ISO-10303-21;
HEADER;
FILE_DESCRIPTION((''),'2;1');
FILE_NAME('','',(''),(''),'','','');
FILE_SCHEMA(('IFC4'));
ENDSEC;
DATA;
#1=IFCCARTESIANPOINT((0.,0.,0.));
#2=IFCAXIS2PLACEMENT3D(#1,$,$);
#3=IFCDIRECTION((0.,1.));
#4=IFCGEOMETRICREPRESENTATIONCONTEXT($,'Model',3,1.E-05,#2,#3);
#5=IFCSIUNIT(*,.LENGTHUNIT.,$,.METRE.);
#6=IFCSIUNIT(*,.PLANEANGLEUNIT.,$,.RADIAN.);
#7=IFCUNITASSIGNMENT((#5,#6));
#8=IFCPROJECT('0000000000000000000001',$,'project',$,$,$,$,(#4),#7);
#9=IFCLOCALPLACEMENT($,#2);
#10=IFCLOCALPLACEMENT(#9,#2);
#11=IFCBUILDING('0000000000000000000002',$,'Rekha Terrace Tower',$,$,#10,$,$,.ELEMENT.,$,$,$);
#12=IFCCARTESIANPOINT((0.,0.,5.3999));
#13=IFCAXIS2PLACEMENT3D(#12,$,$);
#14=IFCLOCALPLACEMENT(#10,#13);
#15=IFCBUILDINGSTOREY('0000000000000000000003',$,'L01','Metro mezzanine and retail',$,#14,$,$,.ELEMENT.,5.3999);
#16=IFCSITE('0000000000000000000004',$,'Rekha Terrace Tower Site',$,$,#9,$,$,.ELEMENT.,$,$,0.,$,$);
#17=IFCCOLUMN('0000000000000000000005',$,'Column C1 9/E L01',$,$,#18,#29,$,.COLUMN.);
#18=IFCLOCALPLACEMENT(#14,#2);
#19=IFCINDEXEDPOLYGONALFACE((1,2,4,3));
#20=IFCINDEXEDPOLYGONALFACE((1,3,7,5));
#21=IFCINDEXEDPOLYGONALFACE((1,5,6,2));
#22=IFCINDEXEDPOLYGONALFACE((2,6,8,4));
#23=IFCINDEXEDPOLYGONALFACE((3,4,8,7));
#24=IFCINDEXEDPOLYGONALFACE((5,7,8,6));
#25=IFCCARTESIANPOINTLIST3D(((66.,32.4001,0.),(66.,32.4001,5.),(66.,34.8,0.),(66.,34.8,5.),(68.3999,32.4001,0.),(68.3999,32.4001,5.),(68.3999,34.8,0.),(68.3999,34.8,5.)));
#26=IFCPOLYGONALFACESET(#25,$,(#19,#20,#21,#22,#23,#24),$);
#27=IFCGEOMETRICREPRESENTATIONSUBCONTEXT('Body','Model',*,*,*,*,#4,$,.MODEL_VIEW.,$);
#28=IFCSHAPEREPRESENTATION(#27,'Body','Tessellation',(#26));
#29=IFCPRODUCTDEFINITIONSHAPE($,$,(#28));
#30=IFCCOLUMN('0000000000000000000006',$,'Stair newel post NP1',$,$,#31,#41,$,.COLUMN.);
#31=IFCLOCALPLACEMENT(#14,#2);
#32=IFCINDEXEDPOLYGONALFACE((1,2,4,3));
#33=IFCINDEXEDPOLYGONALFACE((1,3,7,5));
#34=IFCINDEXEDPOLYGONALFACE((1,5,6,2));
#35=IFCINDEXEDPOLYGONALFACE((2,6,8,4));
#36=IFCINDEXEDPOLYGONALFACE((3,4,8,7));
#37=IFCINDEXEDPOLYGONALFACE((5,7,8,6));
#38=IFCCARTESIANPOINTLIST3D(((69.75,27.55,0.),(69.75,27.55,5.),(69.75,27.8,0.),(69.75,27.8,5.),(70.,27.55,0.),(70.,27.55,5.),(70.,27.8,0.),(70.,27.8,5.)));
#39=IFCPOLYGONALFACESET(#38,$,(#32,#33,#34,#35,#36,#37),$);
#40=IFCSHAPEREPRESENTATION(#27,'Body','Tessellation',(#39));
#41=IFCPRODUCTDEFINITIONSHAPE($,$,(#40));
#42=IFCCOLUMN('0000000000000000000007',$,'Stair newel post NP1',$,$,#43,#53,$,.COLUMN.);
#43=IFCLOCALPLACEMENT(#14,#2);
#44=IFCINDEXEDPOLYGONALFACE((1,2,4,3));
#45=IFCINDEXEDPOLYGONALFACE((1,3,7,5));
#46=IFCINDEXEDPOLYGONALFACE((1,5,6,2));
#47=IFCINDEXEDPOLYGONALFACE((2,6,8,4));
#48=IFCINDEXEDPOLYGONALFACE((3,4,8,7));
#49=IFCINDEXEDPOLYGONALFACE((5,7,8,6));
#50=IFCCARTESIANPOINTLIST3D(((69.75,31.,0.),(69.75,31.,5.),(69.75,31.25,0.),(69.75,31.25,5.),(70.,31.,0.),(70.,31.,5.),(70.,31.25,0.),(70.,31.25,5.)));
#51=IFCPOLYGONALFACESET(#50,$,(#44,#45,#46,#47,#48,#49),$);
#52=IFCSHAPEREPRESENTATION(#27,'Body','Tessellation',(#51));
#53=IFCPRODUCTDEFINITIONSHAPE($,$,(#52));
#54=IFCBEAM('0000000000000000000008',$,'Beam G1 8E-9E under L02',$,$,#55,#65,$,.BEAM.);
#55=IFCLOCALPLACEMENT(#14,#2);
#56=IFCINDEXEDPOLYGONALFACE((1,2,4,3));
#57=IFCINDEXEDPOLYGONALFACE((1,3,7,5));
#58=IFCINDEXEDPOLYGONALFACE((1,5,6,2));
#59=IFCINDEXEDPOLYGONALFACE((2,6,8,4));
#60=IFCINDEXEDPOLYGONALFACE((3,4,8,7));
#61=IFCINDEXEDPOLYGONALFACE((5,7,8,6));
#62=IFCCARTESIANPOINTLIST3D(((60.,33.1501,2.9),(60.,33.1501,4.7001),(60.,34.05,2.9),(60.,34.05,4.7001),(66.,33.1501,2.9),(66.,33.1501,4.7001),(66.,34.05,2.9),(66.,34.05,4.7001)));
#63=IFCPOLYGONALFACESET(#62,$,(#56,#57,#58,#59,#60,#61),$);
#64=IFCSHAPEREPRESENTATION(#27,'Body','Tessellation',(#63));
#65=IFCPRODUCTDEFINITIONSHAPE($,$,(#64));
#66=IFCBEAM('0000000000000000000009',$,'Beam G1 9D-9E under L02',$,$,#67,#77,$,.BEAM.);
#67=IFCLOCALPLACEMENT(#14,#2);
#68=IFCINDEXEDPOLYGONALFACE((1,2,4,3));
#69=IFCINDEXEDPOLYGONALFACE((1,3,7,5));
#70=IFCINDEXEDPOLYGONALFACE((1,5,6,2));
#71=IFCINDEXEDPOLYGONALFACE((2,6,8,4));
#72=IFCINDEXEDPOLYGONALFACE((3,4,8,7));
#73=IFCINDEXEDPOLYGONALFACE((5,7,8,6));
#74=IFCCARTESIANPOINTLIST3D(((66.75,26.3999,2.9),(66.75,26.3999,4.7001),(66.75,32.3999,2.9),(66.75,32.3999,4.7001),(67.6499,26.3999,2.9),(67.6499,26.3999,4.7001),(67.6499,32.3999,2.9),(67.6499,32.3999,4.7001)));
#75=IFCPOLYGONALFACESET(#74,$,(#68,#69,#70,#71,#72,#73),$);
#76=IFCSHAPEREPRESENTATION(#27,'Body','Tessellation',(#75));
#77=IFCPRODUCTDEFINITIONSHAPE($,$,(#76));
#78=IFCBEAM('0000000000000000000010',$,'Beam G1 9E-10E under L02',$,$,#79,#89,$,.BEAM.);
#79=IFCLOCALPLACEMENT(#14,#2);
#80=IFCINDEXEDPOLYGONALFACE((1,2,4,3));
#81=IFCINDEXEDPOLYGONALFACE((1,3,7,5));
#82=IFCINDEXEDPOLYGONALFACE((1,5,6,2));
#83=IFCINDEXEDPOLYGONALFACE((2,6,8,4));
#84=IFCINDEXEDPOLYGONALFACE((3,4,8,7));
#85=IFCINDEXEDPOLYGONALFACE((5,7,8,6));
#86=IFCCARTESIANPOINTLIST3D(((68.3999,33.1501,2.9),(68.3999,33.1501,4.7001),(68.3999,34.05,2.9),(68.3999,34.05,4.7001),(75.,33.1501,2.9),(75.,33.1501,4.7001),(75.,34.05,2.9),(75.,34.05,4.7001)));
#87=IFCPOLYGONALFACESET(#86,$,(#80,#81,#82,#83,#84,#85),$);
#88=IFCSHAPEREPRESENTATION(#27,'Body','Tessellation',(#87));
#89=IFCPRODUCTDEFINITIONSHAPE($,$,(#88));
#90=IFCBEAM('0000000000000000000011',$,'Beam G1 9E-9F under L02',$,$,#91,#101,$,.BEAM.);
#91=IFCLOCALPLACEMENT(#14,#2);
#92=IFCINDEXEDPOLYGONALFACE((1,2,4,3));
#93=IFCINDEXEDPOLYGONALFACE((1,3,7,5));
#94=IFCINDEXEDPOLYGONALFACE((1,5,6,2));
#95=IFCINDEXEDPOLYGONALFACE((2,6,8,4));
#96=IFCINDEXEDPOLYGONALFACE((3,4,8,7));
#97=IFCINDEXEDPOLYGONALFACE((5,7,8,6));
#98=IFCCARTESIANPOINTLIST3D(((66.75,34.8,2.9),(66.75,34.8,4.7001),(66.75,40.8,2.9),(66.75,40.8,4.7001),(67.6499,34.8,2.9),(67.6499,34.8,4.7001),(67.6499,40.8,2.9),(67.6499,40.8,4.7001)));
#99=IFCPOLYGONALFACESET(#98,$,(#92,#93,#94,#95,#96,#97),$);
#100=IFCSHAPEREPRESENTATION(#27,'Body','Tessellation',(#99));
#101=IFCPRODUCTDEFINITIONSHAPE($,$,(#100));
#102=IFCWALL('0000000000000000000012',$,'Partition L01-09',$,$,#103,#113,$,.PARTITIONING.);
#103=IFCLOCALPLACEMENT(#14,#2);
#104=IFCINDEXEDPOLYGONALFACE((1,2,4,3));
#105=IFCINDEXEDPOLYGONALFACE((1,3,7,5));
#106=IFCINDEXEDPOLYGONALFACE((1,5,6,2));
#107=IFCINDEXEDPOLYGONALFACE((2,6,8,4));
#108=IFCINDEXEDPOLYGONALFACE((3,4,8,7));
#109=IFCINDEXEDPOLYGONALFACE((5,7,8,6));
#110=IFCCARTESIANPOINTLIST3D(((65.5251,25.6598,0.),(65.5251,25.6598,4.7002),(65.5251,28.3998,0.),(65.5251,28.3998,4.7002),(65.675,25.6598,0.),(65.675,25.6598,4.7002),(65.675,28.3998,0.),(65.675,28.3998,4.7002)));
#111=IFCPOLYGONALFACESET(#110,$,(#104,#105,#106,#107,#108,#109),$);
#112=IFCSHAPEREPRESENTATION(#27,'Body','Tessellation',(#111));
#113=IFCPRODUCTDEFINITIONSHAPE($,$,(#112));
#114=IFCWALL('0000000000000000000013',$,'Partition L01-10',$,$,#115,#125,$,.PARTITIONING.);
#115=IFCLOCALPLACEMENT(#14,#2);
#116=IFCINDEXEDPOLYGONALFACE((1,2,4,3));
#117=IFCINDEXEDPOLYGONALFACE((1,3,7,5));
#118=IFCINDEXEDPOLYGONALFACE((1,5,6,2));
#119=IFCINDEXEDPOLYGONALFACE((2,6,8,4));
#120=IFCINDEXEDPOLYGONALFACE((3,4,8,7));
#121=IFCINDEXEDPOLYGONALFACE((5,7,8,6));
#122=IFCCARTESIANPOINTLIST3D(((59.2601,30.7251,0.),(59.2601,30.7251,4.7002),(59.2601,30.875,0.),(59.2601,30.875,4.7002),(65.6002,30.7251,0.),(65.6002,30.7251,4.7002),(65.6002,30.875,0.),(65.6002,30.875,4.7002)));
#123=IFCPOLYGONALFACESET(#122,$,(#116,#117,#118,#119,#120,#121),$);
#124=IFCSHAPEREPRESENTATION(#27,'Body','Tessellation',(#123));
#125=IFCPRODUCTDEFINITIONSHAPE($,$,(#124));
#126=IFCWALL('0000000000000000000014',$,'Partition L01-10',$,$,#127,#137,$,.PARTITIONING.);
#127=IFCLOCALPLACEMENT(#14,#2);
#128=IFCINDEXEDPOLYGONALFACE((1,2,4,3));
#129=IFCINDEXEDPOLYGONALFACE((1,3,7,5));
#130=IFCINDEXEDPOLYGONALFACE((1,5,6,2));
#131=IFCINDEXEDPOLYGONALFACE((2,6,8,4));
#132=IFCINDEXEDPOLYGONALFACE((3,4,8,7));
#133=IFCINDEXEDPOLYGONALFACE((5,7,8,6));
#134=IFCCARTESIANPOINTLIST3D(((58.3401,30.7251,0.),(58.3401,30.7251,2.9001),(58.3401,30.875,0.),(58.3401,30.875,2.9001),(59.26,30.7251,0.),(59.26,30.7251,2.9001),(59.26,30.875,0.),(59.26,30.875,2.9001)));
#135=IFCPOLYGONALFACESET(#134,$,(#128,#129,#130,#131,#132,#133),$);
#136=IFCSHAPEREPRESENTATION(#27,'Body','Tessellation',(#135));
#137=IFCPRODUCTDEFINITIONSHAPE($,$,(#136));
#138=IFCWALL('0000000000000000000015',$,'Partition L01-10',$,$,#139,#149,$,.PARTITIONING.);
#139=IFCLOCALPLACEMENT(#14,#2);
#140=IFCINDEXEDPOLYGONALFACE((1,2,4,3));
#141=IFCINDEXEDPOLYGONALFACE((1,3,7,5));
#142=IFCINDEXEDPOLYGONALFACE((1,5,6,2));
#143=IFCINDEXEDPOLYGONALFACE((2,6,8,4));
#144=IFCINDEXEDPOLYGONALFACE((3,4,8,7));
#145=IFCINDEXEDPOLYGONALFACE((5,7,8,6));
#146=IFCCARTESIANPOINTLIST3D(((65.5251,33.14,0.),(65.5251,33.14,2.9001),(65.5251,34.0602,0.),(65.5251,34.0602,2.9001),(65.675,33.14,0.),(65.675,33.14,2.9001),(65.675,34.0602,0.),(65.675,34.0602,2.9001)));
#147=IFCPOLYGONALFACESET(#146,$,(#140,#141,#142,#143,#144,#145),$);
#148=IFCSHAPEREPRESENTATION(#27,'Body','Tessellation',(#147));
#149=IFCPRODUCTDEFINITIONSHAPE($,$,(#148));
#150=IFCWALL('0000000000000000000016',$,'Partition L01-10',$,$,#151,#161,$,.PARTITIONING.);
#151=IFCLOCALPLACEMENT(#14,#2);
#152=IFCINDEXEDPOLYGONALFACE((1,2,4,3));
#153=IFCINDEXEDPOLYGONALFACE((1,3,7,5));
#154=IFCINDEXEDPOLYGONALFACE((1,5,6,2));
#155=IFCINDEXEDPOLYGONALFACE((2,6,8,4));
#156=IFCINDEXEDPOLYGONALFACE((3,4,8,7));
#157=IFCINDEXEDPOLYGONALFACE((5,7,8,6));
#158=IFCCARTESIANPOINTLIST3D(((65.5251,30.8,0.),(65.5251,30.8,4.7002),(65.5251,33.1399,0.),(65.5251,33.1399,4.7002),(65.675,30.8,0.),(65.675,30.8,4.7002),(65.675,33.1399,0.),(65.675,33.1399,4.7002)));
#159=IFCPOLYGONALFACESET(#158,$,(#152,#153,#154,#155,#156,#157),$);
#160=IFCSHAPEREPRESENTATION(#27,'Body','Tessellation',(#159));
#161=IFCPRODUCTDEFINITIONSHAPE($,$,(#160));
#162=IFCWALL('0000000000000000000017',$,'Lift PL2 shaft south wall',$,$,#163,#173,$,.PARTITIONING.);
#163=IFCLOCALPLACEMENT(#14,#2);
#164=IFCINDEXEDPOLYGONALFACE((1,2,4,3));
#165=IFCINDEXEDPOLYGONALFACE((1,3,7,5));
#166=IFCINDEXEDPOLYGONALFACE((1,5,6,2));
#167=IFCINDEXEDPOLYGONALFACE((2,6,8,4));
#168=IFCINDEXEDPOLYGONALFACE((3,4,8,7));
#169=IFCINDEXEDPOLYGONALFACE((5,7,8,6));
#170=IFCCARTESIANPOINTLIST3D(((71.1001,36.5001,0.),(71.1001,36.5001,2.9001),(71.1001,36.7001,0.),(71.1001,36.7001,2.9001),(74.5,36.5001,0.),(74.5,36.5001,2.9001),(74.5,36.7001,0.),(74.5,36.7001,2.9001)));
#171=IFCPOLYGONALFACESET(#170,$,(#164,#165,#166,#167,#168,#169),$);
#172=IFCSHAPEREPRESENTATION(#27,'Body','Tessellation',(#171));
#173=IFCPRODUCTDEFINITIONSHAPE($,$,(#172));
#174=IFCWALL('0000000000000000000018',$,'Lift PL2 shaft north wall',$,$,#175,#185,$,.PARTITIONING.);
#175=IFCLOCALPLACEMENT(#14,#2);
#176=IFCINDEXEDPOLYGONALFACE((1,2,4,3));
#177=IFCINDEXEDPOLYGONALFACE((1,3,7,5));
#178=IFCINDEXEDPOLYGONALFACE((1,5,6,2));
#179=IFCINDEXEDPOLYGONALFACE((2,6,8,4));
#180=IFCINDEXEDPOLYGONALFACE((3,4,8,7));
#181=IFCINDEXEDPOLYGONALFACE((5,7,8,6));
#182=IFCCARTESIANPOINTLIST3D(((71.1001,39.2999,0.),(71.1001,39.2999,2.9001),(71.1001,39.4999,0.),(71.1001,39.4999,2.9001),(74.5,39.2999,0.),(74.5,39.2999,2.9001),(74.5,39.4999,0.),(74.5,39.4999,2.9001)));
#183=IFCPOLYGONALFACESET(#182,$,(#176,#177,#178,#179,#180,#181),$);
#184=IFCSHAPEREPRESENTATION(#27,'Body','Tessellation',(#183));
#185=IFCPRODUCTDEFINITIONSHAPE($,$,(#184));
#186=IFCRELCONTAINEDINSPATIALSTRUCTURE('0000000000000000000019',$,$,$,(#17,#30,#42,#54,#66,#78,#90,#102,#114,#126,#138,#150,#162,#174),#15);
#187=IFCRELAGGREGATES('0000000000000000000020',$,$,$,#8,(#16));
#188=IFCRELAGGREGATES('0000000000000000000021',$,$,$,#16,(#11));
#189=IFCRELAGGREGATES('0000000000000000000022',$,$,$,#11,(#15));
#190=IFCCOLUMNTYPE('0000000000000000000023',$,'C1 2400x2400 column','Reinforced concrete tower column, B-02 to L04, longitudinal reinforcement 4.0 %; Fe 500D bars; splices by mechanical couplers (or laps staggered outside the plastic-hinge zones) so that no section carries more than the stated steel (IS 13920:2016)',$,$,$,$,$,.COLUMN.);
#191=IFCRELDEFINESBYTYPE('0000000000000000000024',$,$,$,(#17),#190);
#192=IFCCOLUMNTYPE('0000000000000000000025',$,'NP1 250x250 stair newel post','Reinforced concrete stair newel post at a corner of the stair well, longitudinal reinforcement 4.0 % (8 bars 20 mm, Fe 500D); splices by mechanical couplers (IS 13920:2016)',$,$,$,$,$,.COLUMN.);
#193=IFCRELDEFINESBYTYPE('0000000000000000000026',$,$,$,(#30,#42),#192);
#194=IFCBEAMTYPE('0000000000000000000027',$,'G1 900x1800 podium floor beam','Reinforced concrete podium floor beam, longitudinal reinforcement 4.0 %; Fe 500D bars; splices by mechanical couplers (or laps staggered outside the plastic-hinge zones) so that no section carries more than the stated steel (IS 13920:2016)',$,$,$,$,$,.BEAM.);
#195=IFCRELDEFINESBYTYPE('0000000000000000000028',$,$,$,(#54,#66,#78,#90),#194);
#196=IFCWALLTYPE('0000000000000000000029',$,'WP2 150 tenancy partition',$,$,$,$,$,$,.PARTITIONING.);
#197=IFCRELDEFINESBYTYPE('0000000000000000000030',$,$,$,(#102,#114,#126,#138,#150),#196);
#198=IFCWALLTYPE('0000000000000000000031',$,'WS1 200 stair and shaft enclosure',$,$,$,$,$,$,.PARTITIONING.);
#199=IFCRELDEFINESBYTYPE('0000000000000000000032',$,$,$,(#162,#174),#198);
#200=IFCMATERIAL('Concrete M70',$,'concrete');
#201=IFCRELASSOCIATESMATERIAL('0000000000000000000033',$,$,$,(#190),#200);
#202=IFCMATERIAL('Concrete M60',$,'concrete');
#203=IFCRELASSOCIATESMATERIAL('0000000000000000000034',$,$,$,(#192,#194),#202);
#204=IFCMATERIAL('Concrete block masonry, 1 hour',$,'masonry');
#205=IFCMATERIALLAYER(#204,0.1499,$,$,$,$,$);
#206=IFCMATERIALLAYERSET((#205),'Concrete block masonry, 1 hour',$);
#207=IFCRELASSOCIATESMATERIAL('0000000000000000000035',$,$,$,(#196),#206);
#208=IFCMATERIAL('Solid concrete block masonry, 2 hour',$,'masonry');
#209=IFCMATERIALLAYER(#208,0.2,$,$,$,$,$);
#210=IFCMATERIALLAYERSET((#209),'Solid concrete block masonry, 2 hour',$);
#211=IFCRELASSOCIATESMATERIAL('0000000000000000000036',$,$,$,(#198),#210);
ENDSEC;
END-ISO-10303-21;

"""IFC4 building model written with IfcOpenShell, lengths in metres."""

from ifc_helpers import new_model, si_unit, direction, frame, frame_2d, origin, origin_2d, place, context, subcontext, project, spatial, rectangle, extrude, material, layer, layer_set, material_profile, profile_set, type_object, element, save


model = new_model("IFC4")

# Units and contexts
model_context = context("Model", 3, precision=1e-05, world=origin(), true_north=direction((0.0, 1.0)))
body_context = subcontext(model_context, "Body", "Model", "MODEL_VIEW")
ifc_project = project(units=[si_unit("LENGTHUNIT", "METRE"), si_unit("PLANEANGLEUNIT", "RADIAN")], contexts=[model_context])

# Site, building, storey
site_placement = place(None, origin())
site = spatial("IfcSite", under=ifc_project, at=site_placement, Name="Rekha Terrace Tower Site", CompositionType="ELEMENT", RefElevation=0.0)
building_placement = place(site_placement, origin())
building = spatial("IfcBuilding", under=site, at=building_placement, Name="Rekha Terrace Tower", CompositionType="ELEMENT")
storey_placement = place(building_placement, frame((0.0, 0.0, 5.3999)))
storey = spatial("IfcBuildingStorey", under=building, at=storey_placement, Name="L01", Description="Metro mezzanine and retail", CompositionType="ELEMENT", Elevation=5.3999)

# Columns
ifc_material_1 = material(Name="Concrete M70", Category="concrete")
ifc_material_profile_1 = material_profile(ifc_material_1, rectangle(XDim=2.3999, YDim=2.3999, at=origin_2d()), Name="RC 2400x2400")
ifc_profile_set_1 = profile_set([ifc_material_profile_1], Name="Concrete M70")
column_type_1 = type_object("IfcColumnType", Name="C1 2400x2400 column", Description="Reinforced concrete tower column, B-02 to L04, longitudinal reinforcement 4.0 %; Fe 500D bars; splices by mechanical couplers (or laps staggered outside the plastic-hinge zones) so that no section carries more than the stated steel (IS 13920:2016)", PredefinedType="COLUMN", material=ifc_profile_set_1)
column_placement = place(storey_placement, frame((67.2, 33.6001, 0.0), z_axis=(0.0, 0.0, 1.0), x_axis=(1.0, 0.0, 0.0)))
element("IfcColumn", 1, at=column_placement, inside=storey, type_object=column_type_1, Name="Column C1 9/E L01", PredefinedType="COLUMN", context=body_context, shape_type="SweptSolid", body=[
    extrude(rectangle(XDim=2.3999, YDim=2.3999, at=origin_2d()), origin(), (0.0, 0.0, 1.0), 5.0),
])
ifc_material_2 = material(Name="Concrete M60", Category="concrete")
ifc_material_profile_2 = material_profile(ifc_material_2, rectangle(XDim=0.25, YDim=0.25, at=origin_2d()), Name="RC 250x250")
ifc_profile_set_2 = profile_set([ifc_material_profile_2], Name="Concrete M60")
column_type_2 = type_object("IfcColumnType", Name="NP1 250x250 stair newel post", Description="Reinforced concrete stair newel post at a corner of the stair well, longitudinal reinforcement 4.0 % (8 bars 20 mm, Fe 500D); splices by mechanical couplers (IS 13920:2016)", PredefinedType="COLUMN", material=ifc_profile_set_2)
for number, where, z_axis, x_axis, name in (
    (2, (69.875, 27.675, 0.0), (0.0, 0.0, 1.0), (1.0, 0.0, 0.0), "Stair newel post NP1"),
    (3, (69.875, 31.125, 0.0), (0.0, 0.0, 1.0), (1.0, 0.0, 0.0), "Stair newel post NP1"),
):
    element("IfcColumn", number, at=place(storey_placement, frame(where, z_axis=z_axis, x_axis=x_axis)), inside=storey, type_object=column_type_2, Name=name, PredefinedType="COLUMN", context=body_context, shape_type="SweptSolid", body=[
        extrude(rectangle(XDim=0.25, YDim=0.25, at=origin_2d()), origin(), (0.0, 0.0, 1.0), 5.0),
    ])

# Beams
ifc_material_profile_3 = material_profile(ifc_material_2, rectangle(XDim=0.8999, YDim=1.8, at=origin_2d()), Name="RC 900x1800")
ifc_profile_set_3 = profile_set([ifc_material_profile_3], Name="Concrete M60")
beam_type = type_object("IfcBeamType", Name="G1 900x1800 podium floor beam", Description="Reinforced concrete podium floor beam, longitudinal reinforcement 4.0 %; Fe 500D bars; splices by mechanical couplers (or laps staggered outside the plastic-hinge zones) so that no section carries more than the stated steel (IS 13920:2016)", PredefinedType="BEAM", material=ifc_profile_set_3)
for number, where, z_axis, x_axis, name in (
    (4, (60.0, 33.6001, 3.8), (1.0, 0.0, 0.0), (0.0, 1.0, 0.0), "Beam G1 8E-9E under L02"),
    (5, (67.2, 26.3999, 3.8), (0.0, 1.0, 0.0), (-1.0, 0.0, 0.0), "Beam G1 9D-9E under L02"),
):
    element("IfcBeam", number, at=place(storey_placement, frame(where, z_axis=z_axis, x_axis=x_axis)), inside=storey, type_object=beam_type, Name=name, PredefinedType="BEAM", context=body_context, shape_type="SweptSolid", body=[
        extrude(rectangle(XDim=0.8999, YDim=1.8, at=origin_2d()), origin(), (0.0, 0.0, 1.0), 6.0),
    ])
beam_1_placement = place(storey_placement, frame((68.3999, 33.6001, 3.8), z_axis=(1.0, 0.0, 0.0), x_axis=(0.0, 1.0, 0.0)))
element("IfcBeam", 6, at=beam_1_placement, inside=storey, type_object=beam_type, Name="Beam G1 9E-10E under L02", PredefinedType="BEAM", context=body_context, shape_type="SweptSolid", body=[
    extrude(rectangle(XDim=0.8999, YDim=1.8, at=origin_2d()), origin(), (0.0, 0.0, 1.0), 6.6001),
])
beam_2_placement = place(storey_placement, frame((67.2, 34.8, 3.8), z_axis=(0.0, 1.0, 0.0), x_axis=(-1.0, 0.0, 0.0)))
element("IfcBeam", 7, at=beam_2_placement, inside=storey, type_object=beam_type, Name="Beam G1 9E-9F under L02", PredefinedType="BEAM", context=body_context, shape_type="SweptSolid", body=[
    extrude(rectangle(XDim=0.8999, YDim=1.8, at=origin_2d()), origin(), (0.0, 0.0, 1.0), 6.0),
])

# Walls
ifc_material_3 = material(Name="Concrete block masonry, 1 hour", Category="masonry")
ifc_layer_1 = layer(ifc_material_3, 0.1499)
ifc_layer_set_1 = layer_set([ifc_layer_1], Name="Concrete block masonry, 1 hour")
wall_type_1 = type_object("IfcWallType", Name="WP2 150 tenancy partition", PredefinedType="PARTITIONING", material=ifc_layer_set_1)
wall_1_placement = place(storey_placement, frame((65.6001, 28.3999, 0.0), z_axis=(0.0, 0.0, 1.0), x_axis=(0.0, -1.0, 0.0)))
element("IfcWall", 8, at=wall_1_placement, inside=storey, type_object=wall_type_1, Name="Partition L01-09", PredefinedType="PARTITIONING", context=body_context, shape_type="SweptSolid", body=[
    extrude(rectangle(XDim=2.74, YDim=0.1499, at=frame_2d((1.3701, 0.0))), origin(), (0.0, 0.0, 1.0), 4.7002),
])
wall_2_placement = place(storey_placement, frame((65.6001, 30.8, 0.0), z_axis=(0.0, 0.0, 1.0), x_axis=(-1.0, 0.0, 0.0)))
element("IfcWall", 9, at=wall_2_placement, inside=storey, type_object=wall_type_1, Name="Partition L01-10", PredefinedType="PARTITIONING", context=body_context, shape_type="SweptSolid", body=[
    extrude(rectangle(XDim=6.3401, YDim=0.1499, at=frame_2d((3.1699, 0.0))), origin(), (0.0, 0.0, 1.0), 4.7002),
])
wall_3_placement = place(storey_placement, frame((59.26, 30.8, 0.0), z_axis=(0.0, 0.0, 1.0), x_axis=(-1.0, 0.0, 0.0)))
element("IfcWall", 10, at=wall_3_placement, inside=storey, type_object=wall_type_1, Name="Partition L01-10", PredefinedType="PARTITIONING", context=body_context, shape_type="SweptSolid", body=[
    extrude(rectangle(XDim=0.9199, YDim=0.1499, at=frame_2d((0.46, 0.0))), origin(), (0.0, 0.0, 1.0), 2.9001),
])
wall_4_placement = place(storey_placement, frame((65.6001, 34.0601, 0.0), z_axis=(0.0, 0.0, 1.0), x_axis=(0.0, -1.0, 0.0)))
element("IfcWall", 11, at=wall_4_placement, inside=storey, type_object=wall_type_1, Name="Partition L01-10", PredefinedType="PARTITIONING", context=body_context, shape_type="SweptSolid", body=[
    extrude(rectangle(XDim=0.9202, YDim=0.1499, at=frame_2d((0.46, 0.0))), origin(), (0.0, 0.0, 1.0), 2.9001),
])
wall_5_placement = place(storey_placement, frame((65.6001, 33.1399, 0.0), z_axis=(0.0, 0.0, 1.0), x_axis=(0.0, -1.0, 0.0)))
element("IfcWall", 12, at=wall_5_placement, inside=storey, type_object=wall_type_1, Name="Partition L01-10", PredefinedType="PARTITIONING", context=body_context, shape_type="SweptSolid", body=[
    extrude(rectangle(XDim=2.3398, YDim=0.1499, at=frame_2d((1.1699, 0.0))), origin(), (0.0, 0.0, 1.0), 4.7002),
])
ifc_material_4 = material(Name="Solid concrete block masonry, 2 hour", Category="masonry")
ifc_layer_2 = layer(ifc_material_4, 0.2)
ifc_layer_set_2 = layer_set([ifc_layer_2], Name="Solid concrete block masonry, 2 hour")
wall_type_2 = type_object("IfcWallType", Name="WS1 200 stair and shaft enclosure", PredefinedType="PARTITIONING", material=ifc_layer_set_2)
for number, where, z_axis, x_axis, name in (
    (13, (71.1001, 36.6001, 0.0), (0.0, 0.0, 1.0), (1.0, 0.0, 0.0), "Lift PL2 shaft south wall"),
    (14, (71.1001, 39.3999, 0.0), (0.0, 0.0, 1.0), (1.0, 0.0, 0.0), "Lift PL2 shaft north wall"),
):
    element("IfcWall", number, at=place(storey_placement, frame(where, z_axis=z_axis, x_axis=x_axis)), inside=storey, type_object=wall_type_2, Name=name, PredefinedType="PARTITIONING", context=body_context, shape_type="SweptSolid", body=[
        extrude(rectangle(XDim=3.3999, YDim=0.2, at=frame_2d((1.7, 0.0))), origin(), (0.0, 0.0, 1.0), 2.9001),
    ])

save(model, "model.ifc")
